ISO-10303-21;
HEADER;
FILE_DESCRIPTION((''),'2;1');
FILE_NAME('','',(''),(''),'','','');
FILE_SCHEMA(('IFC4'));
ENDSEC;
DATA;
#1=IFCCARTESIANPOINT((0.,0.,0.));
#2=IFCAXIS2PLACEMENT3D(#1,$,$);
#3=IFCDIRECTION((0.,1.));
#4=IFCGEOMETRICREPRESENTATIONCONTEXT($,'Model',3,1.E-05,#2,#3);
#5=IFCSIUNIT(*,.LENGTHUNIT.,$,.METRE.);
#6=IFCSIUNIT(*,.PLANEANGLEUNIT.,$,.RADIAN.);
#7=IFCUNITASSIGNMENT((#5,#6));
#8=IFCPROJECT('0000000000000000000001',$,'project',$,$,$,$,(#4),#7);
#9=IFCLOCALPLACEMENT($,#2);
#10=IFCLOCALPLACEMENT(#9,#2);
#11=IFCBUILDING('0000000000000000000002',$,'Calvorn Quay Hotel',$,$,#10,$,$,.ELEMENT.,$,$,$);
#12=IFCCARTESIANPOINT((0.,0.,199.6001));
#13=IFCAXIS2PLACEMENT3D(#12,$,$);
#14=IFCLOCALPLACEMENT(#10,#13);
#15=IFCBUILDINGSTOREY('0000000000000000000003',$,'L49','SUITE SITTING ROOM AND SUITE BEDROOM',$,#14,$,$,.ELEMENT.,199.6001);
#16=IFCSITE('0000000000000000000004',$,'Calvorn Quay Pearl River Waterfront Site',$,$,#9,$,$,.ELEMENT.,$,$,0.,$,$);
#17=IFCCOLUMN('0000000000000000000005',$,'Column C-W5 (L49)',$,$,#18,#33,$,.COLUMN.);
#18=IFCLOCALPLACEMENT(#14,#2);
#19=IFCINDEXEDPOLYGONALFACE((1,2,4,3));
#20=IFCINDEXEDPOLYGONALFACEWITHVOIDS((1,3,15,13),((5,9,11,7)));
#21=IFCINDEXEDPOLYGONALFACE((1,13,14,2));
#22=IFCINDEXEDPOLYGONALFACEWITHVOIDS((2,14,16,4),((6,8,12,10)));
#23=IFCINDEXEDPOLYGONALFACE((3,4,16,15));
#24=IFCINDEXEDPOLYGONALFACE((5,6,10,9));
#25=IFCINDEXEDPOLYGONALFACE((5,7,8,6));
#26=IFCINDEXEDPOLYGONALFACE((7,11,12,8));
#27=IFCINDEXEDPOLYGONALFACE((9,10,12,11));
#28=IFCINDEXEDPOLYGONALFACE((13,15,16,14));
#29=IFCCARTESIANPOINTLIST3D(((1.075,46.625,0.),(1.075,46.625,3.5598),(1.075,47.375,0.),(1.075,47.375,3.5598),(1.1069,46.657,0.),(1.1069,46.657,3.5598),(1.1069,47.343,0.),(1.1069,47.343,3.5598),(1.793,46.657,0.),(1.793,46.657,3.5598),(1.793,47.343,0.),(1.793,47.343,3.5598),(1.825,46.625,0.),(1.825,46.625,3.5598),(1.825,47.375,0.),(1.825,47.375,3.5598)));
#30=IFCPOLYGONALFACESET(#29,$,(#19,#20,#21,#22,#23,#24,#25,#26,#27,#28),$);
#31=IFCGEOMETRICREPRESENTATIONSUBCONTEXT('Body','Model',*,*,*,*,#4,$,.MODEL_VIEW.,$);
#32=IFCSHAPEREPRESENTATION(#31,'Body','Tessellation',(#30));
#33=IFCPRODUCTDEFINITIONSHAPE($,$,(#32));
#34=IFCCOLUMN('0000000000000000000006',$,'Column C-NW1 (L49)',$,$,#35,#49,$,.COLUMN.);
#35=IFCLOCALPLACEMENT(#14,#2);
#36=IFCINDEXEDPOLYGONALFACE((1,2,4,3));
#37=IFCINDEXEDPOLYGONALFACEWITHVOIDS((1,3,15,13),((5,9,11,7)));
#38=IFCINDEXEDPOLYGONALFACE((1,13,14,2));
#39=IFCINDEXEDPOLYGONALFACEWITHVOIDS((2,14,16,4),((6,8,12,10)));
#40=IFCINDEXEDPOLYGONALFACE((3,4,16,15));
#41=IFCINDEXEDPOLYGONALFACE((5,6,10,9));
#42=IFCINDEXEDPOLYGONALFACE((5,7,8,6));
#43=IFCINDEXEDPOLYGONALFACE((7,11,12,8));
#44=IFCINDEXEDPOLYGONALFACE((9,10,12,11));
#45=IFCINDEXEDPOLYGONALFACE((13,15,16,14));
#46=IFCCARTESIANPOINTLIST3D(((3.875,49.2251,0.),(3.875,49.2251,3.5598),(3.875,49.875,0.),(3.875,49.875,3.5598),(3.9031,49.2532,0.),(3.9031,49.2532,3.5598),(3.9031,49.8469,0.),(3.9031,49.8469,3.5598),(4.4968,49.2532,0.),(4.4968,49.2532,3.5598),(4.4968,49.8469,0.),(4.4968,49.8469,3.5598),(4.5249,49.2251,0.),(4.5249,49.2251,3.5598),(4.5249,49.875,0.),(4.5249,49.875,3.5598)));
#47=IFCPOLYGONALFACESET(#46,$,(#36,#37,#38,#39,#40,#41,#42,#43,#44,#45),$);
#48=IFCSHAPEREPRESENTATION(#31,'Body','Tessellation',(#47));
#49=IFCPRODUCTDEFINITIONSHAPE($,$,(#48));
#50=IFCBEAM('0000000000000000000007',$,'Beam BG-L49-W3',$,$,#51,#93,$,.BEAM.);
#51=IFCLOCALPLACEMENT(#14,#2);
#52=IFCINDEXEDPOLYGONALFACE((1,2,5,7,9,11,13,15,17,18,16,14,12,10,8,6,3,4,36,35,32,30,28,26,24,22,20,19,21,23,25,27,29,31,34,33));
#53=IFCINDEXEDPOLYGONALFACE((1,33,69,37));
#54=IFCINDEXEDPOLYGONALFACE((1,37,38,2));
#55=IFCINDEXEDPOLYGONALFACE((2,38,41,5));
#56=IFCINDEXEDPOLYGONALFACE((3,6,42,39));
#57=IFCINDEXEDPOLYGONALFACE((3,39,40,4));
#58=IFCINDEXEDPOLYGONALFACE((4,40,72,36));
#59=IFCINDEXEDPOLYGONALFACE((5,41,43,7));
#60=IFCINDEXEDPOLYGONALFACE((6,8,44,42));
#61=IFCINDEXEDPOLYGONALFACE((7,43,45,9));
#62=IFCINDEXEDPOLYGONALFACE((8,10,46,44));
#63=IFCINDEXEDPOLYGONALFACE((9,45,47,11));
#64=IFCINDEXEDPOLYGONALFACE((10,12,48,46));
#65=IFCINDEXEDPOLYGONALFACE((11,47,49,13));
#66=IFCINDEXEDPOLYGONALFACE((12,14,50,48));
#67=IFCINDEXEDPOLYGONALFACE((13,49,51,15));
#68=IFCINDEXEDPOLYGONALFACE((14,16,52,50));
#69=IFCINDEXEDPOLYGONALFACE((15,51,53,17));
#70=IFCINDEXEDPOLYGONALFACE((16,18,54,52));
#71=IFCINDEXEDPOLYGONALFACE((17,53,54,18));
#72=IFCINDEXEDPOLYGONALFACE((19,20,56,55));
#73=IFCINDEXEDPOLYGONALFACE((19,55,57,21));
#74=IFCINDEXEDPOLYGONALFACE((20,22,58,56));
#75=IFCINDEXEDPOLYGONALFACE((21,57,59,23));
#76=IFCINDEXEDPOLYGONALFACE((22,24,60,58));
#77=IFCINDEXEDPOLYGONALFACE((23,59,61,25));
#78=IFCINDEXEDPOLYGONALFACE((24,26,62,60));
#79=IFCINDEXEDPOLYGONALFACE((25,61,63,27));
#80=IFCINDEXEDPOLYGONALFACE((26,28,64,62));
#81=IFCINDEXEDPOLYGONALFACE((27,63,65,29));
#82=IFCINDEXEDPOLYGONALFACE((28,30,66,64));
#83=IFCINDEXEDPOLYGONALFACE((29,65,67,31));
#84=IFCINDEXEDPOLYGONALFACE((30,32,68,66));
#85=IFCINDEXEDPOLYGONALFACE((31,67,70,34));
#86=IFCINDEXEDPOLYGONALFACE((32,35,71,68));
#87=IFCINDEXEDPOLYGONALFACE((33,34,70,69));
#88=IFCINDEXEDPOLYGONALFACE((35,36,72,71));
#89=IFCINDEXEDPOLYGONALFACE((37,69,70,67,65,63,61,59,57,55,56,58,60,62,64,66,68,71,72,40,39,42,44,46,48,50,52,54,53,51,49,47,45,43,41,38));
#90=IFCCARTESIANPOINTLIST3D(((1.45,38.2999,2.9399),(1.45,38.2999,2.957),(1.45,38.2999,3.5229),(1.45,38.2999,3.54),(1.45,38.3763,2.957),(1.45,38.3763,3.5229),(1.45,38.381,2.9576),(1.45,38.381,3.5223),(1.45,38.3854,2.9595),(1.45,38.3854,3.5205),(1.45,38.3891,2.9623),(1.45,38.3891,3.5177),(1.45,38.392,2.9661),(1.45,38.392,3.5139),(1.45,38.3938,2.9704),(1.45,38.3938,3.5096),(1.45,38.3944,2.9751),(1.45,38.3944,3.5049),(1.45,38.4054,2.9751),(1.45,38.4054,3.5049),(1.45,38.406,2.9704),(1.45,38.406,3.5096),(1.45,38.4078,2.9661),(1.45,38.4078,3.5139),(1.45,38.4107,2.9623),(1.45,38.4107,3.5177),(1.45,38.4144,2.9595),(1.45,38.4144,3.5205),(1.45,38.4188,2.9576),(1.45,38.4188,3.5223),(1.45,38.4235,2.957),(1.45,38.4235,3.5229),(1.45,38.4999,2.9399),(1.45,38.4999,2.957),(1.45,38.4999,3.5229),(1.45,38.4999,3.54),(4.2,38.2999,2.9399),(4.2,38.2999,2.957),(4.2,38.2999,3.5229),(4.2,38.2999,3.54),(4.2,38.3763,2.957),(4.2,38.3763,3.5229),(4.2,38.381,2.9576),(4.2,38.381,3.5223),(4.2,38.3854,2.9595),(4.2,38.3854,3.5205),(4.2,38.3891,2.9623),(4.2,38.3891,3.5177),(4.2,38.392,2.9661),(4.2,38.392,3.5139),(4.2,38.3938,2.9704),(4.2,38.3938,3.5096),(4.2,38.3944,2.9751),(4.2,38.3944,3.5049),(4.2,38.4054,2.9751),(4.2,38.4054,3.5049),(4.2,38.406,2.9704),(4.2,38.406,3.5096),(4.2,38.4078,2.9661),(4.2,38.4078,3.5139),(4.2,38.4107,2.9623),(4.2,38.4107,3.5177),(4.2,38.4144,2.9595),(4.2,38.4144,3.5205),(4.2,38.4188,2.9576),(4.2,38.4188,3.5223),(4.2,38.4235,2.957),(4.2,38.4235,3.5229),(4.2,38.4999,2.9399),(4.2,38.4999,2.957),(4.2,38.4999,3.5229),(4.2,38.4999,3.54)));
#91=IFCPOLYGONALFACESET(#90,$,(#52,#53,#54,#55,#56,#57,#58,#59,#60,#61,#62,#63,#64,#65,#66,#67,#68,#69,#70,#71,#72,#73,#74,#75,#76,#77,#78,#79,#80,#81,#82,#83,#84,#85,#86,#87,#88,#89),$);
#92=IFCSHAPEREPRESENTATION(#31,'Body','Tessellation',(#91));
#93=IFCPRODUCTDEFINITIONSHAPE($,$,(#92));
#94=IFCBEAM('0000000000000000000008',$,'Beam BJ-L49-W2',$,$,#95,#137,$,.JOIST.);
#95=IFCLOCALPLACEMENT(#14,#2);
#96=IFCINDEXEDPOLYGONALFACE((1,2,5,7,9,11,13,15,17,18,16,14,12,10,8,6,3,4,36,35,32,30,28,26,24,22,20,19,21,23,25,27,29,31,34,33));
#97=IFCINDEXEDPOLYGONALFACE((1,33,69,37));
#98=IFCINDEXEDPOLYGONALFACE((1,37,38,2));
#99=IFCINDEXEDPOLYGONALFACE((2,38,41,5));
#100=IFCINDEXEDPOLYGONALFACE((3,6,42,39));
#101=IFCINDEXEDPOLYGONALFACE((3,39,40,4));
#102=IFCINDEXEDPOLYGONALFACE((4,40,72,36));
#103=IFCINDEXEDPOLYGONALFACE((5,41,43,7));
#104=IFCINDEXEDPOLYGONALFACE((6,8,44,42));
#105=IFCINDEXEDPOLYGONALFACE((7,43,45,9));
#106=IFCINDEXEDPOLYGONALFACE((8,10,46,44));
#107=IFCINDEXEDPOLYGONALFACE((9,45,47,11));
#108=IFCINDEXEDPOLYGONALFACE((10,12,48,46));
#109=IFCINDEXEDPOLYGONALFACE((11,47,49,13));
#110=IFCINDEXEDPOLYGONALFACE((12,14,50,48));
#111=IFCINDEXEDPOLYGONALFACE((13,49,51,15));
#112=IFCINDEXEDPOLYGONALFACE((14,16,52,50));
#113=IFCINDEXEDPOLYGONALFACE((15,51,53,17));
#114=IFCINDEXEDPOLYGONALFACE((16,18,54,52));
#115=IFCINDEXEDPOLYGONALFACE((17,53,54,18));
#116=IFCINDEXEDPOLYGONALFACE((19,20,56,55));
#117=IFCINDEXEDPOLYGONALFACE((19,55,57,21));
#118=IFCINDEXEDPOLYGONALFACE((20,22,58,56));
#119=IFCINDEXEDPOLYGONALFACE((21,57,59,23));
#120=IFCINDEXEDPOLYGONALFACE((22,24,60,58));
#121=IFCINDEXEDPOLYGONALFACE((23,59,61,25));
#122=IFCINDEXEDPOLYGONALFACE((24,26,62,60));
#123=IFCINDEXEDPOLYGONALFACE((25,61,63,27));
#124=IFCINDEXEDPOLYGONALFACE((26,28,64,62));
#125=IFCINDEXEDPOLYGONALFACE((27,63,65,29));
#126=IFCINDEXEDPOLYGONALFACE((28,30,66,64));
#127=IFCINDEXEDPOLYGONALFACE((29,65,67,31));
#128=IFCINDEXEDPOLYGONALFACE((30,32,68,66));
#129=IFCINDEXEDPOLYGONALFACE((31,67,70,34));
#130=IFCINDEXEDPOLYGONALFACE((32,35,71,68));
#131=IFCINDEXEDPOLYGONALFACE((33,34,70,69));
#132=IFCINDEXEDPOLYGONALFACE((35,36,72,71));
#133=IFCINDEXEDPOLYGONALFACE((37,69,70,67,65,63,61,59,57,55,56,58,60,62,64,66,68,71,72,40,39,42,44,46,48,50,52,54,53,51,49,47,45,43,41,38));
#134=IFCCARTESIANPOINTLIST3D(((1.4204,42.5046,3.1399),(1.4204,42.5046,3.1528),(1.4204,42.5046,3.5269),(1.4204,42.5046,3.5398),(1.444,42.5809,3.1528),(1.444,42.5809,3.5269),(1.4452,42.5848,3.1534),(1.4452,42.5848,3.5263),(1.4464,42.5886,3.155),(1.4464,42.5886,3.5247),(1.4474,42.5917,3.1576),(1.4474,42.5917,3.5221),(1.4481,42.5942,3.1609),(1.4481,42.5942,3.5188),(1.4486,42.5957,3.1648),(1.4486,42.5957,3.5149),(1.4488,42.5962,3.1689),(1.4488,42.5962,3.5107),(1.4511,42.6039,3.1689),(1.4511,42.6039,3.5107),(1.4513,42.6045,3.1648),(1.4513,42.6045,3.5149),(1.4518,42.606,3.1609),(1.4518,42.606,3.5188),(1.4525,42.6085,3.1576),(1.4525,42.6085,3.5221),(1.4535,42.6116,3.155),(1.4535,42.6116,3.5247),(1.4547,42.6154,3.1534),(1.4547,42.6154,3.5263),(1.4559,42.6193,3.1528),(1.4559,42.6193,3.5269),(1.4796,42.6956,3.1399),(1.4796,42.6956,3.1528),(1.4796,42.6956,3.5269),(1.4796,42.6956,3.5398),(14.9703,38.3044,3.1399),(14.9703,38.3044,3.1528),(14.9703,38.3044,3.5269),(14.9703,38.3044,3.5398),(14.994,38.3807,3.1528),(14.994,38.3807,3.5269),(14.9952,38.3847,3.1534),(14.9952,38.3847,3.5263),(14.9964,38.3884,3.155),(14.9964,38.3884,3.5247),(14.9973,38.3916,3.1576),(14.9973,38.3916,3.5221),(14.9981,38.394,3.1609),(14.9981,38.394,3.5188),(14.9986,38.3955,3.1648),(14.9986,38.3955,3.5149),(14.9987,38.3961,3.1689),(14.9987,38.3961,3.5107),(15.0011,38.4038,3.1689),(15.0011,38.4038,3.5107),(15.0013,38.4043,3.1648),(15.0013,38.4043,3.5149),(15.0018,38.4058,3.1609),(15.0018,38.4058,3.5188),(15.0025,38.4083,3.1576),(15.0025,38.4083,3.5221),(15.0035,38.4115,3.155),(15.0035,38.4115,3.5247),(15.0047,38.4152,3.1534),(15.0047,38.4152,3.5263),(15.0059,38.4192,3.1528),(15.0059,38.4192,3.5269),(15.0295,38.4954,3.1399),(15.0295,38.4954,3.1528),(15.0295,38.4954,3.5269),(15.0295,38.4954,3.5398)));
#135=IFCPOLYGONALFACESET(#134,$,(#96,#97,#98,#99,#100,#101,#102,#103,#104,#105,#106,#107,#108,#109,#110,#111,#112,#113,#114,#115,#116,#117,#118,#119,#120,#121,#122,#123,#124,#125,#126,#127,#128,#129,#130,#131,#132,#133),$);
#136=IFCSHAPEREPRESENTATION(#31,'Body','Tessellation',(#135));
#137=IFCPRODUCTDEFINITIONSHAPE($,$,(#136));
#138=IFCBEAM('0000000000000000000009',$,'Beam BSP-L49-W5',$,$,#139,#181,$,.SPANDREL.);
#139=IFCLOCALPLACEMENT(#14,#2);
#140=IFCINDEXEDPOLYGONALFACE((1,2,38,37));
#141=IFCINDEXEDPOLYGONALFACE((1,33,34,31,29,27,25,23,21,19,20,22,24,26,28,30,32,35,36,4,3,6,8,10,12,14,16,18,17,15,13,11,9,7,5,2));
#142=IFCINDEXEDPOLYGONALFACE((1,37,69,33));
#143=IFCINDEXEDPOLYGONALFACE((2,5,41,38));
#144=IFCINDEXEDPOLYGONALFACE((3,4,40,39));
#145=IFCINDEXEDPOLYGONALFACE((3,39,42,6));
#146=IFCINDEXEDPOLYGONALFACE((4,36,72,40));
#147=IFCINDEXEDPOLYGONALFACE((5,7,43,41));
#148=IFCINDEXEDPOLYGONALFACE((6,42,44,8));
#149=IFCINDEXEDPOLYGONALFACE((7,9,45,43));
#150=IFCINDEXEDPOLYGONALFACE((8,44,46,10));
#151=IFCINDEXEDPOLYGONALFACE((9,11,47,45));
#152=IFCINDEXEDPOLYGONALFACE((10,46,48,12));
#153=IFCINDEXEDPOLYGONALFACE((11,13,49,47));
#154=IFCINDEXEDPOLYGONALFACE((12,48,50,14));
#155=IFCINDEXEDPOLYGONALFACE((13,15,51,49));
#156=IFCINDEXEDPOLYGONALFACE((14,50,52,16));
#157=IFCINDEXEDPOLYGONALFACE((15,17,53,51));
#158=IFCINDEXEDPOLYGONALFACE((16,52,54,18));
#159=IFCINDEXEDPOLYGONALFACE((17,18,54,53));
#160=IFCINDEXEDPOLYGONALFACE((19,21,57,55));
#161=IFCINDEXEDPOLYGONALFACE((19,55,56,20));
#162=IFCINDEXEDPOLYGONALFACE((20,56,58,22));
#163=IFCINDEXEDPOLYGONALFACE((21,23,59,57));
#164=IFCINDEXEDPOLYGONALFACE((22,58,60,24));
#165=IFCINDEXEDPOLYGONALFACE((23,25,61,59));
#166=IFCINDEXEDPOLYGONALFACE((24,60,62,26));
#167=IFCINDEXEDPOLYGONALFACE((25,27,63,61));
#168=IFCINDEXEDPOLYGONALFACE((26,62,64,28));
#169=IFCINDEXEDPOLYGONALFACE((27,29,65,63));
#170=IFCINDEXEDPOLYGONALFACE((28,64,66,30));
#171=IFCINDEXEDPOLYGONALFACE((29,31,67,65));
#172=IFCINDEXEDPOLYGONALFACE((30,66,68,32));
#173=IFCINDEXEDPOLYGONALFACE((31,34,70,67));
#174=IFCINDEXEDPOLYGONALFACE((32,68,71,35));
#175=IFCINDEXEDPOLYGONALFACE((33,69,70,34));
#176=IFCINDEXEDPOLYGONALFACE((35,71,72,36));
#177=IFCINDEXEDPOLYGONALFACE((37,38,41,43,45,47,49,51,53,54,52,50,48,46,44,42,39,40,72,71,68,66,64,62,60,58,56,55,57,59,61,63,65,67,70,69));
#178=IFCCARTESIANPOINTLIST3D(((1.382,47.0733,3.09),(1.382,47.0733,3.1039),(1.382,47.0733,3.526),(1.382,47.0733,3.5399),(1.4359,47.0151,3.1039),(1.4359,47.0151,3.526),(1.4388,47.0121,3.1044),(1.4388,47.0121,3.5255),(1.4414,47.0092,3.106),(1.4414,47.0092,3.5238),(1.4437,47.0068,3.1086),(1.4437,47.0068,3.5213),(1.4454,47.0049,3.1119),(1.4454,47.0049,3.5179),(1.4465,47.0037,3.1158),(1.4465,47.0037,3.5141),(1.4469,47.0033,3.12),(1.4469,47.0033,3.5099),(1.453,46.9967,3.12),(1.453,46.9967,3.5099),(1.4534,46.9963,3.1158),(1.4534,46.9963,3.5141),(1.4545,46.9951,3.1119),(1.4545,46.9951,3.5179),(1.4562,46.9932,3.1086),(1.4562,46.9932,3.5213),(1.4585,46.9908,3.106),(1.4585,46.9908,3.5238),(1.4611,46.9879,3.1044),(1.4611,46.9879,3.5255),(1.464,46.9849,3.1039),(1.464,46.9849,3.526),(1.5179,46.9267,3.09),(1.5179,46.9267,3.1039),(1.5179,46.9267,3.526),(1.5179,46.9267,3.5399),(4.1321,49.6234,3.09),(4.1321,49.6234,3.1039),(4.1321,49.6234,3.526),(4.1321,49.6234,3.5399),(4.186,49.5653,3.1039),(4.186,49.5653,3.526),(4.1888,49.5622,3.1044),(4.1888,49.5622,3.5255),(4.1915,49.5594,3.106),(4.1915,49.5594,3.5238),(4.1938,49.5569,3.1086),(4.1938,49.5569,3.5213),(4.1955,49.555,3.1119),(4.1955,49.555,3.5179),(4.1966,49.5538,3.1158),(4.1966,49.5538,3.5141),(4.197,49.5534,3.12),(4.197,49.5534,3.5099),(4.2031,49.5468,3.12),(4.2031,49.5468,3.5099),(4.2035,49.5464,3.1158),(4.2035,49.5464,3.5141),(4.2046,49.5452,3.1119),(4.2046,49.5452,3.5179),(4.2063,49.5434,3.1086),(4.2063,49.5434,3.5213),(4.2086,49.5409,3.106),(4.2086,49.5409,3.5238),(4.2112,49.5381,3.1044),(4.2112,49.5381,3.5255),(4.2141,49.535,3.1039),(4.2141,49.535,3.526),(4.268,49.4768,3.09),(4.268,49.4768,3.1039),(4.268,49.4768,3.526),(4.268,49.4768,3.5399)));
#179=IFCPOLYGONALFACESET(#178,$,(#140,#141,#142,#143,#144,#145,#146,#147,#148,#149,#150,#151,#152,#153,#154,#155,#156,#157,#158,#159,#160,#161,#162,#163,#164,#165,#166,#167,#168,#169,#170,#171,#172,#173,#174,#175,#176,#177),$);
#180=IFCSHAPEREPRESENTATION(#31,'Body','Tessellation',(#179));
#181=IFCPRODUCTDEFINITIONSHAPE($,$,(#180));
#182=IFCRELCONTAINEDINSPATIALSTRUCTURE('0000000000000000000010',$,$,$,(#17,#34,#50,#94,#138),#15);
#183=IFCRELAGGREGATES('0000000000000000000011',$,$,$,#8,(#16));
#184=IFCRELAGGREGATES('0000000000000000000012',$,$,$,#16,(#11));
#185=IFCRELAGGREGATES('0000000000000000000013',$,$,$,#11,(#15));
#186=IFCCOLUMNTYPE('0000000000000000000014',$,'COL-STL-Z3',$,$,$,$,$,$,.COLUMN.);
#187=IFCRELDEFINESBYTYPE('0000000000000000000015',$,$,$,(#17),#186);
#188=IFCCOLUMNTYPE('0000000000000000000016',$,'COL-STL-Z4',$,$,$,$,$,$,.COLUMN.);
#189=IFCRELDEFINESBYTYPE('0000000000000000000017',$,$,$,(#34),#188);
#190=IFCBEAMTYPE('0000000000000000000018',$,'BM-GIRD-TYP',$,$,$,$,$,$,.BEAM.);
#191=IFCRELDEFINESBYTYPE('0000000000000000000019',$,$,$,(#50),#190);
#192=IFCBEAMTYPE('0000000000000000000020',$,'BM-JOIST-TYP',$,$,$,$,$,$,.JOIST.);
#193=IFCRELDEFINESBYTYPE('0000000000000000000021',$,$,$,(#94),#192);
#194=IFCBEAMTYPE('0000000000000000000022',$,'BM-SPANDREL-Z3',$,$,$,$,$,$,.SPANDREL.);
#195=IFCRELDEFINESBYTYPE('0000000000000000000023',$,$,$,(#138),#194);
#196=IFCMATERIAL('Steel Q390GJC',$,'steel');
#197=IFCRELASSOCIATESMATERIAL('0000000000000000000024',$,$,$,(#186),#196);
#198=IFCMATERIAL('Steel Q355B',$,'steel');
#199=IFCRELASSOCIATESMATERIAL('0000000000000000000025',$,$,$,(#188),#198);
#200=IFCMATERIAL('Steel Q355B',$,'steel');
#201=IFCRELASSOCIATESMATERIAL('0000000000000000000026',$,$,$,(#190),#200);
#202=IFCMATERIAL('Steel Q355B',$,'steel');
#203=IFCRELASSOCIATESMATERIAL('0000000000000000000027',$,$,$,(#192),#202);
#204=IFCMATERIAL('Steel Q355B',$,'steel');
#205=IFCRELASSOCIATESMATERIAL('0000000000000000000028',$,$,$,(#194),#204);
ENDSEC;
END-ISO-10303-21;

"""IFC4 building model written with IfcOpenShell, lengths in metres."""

from ifc_helpers import new_model, si_unit, direction, frame, origin, origin_2d, place, context, subcontext, project, spatial, hollow_rectangle, i_section, extrude, material, material_profile, profile_set, type_object, element, save


model = new_model("IFC4")

# Units and contexts
model_context = context("Model", 3, precision=1e-05, world=origin(), true_north=direction((0.0, 1.0)))
body_context = subcontext(model_context, "Body", "Model", "MODEL_VIEW")
ifc_project = project(units=[si_unit("LENGTHUNIT", "METRE"), si_unit("PLANEANGLEUNIT", "RADIAN")], contexts=[model_context])

# Site, building, storey
site_placement = place(None, origin())
site = spatial("IfcSite", under=ifc_project, at=site_placement, Name="Calvorn Quay Pearl River Waterfront Site", CompositionType="ELEMENT", RefElevation=0.0)
building_placement = place(site_placement, origin())
building = spatial("IfcBuilding", under=site, at=building_placement, Name="Calvorn Quay Hotel", CompositionType="ELEMENT")
storey_placement = place(building_placement, frame((0.0, 0.0, 199.6001)))
storey = spatial("IfcBuildingStorey", under=building, at=storey_placement, Name="L49", Description="SUITE SITTING ROOM AND SUITE BEDROOM", CompositionType="ELEMENT", Elevation=199.6001)

# Columns
ifc_material_1 = material(Name="Steel Q390GJC", Category="steel")
ifc_material_profile_1 = material_profile(ifc_material_1, hollow_rectangle(XDim=0.75, YDim=0.75, WallThickness=0.032, at=origin_2d()), Name="BOX750x750x32")
ifc_profile_set_1 = profile_set([ifc_material_profile_1], Name="Steel Q390GJC")
column_type_1 = type_object("IfcColumnType", Name="COL-STL-Z3", PredefinedType="COLUMN", material=ifc_profile_set_1)
column_1_placement = place(storey_placement, frame((1.45, 47.0, 0.0), z_axis=(0.0, 0.0, 1.0), x_axis=(1.0, 0.0, 0.0)))
element("IfcColumn", 1, at=column_1_placement, inside=storey, type_object=column_type_1, Name="Column C-W5 (L49)", PredefinedType="COLUMN", context=body_context, shape_type="SweptSolid", body=[
    extrude(hollow_rectangle(XDim=0.75, YDim=0.75, WallThickness=0.032, at=origin_2d()), origin(), (0.0, 0.0, 1.0), 3.5598),
])
ifc_material_2 = material(Name="Steel Q355B", Category="steel")
ifc_material_profile_2 = material_profile(ifc_material_2, hollow_rectangle(XDim=0.6499, YDim=0.6499, WallThickness=0.0281, at=origin_2d()), Name="BOX650x650x28")
ifc_profile_set_2 = profile_set([ifc_material_profile_2], Name="Steel Q355B")
column_type_2 = type_object("IfcColumnType", Name="COL-STL-Z4", PredefinedType="COLUMN", material=ifc_profile_set_2)
column_2_placement = place(storey_placement, frame((4.2, 49.55, 0.0), z_axis=(0.0, 0.0, 1.0), x_axis=(1.0, 0.0, 0.0)))
element("IfcColumn", 2, at=column_2_placement, inside=storey, type_object=column_type_2, Name="Column C-NW1 (L49)", PredefinedType="COLUMN", context=body_context, shape_type="SweptSolid", body=[
    extrude(hollow_rectangle(XDim=0.6499, YDim=0.6499, WallThickness=0.0281, at=origin_2d()), origin(), (0.0, 0.0, 1.0), 3.5598),
])

# Beams
ifc_material_3 = material(Name="Steel Q355B", Category="steel")
ifc_material_profile_3 = material_profile(ifc_material_3, i_section(OverallWidth=0.2, OverallDepth=0.6001, WebThickness=0.011, FlangeThickness=0.0171, FilletRadius=0.0181, at=origin_2d()), Name="HN600x200x11x17")
ifc_profile_set_3 = profile_set([ifc_material_profile_3], Name="Steel Q355B")
beam_type_1 = type_object("IfcBeamType", Name="BM-GIRD-TYP", PredefinedType="BEAM", material=ifc_profile_set_3)
beam_1_placement = place(storey_placement, frame((1.45, 38.3999, 3.24), z_axis=(1.0, 0.0, 0.0), x_axis=(0.0, 1.0, 0.0)))
element("IfcBeam", 3, at=beam_1_placement, inside=storey, type_object=beam_type_1, Name="Beam BG-L49-W3", PredefinedType="BEAM", context=body_context, shape_type="SweptSolid", body=[
    extrude(i_section(OverallWidth=0.2, OverallDepth=0.6001, WebThickness=0.011, FlangeThickness=0.0171, FilletRadius=0.0181, at=origin_2d()), origin(), (0.0, 0.0, 1.0), 2.75),
])
ifc_material_4 = material(Name="Steel Q355B", Category="steel")
ifc_material_profile_4 = material_profile(ifc_material_4, i_section(OverallWidth=0.2, OverallDepth=0.3999, WebThickness=0.0081, FlangeThickness=0.0129, FilletRadius=0.0161, at=origin_2d()), Name="HN400x200x8x13")
ifc_profile_set_4 = profile_set([ifc_material_profile_4], Name="Steel Q355B")
beam_type_2 = type_object("IfcBeamType", Name="BM-JOIST-TYP", PredefinedType="JOIST", material=ifc_profile_set_4)
beam_2_placement = place(storey_placement, frame((1.45, 42.6001, 3.3398), z_axis=(0.955164, -0.296078, 0.0), x_axis=(0.296078, 0.955164, 0.0)))
element("IfcBeam", 4, at=beam_2_placement, inside=storey, type_object=beam_type_2, Name="Beam BJ-L49-W2", PredefinedType="JOIST", context=body_context, shape_type="SweptSolid", body=[
    extrude(i_section(OverallWidth=0.2, OverallDepth=0.3999, WebThickness=0.0081, FlangeThickness=0.0129, FilletRadius=0.0161, at=origin_2d()), origin(), (0.0, 0.0, 1.0), 14.186),
])
ifc_material_5 = material(Name="Steel Q355B", Category="steel")
ifc_material_profile_5 = material_profile(ifc_material_5, i_section(OverallWidth=0.2, OverallDepth=0.45, WebThickness=0.009, FlangeThickness=0.0139, FilletRadius=0.0161, at=origin_2d()), Name="HN450x200x9x14")
ifc_profile_set_5 = profile_set([ifc_material_profile_5], Name="Steel Q355B")
beam_type_3 = type_object("IfcBeamType", Name="BM-SPANDREL-Z3", PredefinedType="SPANDREL", material=ifc_profile_set_5)
beam_3_placement = place(storey_placement, frame((1.45, 47.0, 3.3149), z_axis=(0.733262, 0.679947, 0.0), x_axis=(-0.679947, 0.733262, 0.0)))
element("IfcBeam", 5, at=beam_3_placement, inside=storey, type_object=beam_type_3, Name="Beam BSP-L49-W5", PredefinedType="SPANDREL", context=body_context, shape_type="SweptSolid", body=[
    extrude(i_section(OverallWidth=0.2, OverallDepth=0.45, WebThickness=0.009, FlangeThickness=0.0139, FilletRadius=0.0161, at=origin_2d()), origin(), (0.0, 0.0, 1.0), 3.7505),
])

save(model, "model.ifc")
